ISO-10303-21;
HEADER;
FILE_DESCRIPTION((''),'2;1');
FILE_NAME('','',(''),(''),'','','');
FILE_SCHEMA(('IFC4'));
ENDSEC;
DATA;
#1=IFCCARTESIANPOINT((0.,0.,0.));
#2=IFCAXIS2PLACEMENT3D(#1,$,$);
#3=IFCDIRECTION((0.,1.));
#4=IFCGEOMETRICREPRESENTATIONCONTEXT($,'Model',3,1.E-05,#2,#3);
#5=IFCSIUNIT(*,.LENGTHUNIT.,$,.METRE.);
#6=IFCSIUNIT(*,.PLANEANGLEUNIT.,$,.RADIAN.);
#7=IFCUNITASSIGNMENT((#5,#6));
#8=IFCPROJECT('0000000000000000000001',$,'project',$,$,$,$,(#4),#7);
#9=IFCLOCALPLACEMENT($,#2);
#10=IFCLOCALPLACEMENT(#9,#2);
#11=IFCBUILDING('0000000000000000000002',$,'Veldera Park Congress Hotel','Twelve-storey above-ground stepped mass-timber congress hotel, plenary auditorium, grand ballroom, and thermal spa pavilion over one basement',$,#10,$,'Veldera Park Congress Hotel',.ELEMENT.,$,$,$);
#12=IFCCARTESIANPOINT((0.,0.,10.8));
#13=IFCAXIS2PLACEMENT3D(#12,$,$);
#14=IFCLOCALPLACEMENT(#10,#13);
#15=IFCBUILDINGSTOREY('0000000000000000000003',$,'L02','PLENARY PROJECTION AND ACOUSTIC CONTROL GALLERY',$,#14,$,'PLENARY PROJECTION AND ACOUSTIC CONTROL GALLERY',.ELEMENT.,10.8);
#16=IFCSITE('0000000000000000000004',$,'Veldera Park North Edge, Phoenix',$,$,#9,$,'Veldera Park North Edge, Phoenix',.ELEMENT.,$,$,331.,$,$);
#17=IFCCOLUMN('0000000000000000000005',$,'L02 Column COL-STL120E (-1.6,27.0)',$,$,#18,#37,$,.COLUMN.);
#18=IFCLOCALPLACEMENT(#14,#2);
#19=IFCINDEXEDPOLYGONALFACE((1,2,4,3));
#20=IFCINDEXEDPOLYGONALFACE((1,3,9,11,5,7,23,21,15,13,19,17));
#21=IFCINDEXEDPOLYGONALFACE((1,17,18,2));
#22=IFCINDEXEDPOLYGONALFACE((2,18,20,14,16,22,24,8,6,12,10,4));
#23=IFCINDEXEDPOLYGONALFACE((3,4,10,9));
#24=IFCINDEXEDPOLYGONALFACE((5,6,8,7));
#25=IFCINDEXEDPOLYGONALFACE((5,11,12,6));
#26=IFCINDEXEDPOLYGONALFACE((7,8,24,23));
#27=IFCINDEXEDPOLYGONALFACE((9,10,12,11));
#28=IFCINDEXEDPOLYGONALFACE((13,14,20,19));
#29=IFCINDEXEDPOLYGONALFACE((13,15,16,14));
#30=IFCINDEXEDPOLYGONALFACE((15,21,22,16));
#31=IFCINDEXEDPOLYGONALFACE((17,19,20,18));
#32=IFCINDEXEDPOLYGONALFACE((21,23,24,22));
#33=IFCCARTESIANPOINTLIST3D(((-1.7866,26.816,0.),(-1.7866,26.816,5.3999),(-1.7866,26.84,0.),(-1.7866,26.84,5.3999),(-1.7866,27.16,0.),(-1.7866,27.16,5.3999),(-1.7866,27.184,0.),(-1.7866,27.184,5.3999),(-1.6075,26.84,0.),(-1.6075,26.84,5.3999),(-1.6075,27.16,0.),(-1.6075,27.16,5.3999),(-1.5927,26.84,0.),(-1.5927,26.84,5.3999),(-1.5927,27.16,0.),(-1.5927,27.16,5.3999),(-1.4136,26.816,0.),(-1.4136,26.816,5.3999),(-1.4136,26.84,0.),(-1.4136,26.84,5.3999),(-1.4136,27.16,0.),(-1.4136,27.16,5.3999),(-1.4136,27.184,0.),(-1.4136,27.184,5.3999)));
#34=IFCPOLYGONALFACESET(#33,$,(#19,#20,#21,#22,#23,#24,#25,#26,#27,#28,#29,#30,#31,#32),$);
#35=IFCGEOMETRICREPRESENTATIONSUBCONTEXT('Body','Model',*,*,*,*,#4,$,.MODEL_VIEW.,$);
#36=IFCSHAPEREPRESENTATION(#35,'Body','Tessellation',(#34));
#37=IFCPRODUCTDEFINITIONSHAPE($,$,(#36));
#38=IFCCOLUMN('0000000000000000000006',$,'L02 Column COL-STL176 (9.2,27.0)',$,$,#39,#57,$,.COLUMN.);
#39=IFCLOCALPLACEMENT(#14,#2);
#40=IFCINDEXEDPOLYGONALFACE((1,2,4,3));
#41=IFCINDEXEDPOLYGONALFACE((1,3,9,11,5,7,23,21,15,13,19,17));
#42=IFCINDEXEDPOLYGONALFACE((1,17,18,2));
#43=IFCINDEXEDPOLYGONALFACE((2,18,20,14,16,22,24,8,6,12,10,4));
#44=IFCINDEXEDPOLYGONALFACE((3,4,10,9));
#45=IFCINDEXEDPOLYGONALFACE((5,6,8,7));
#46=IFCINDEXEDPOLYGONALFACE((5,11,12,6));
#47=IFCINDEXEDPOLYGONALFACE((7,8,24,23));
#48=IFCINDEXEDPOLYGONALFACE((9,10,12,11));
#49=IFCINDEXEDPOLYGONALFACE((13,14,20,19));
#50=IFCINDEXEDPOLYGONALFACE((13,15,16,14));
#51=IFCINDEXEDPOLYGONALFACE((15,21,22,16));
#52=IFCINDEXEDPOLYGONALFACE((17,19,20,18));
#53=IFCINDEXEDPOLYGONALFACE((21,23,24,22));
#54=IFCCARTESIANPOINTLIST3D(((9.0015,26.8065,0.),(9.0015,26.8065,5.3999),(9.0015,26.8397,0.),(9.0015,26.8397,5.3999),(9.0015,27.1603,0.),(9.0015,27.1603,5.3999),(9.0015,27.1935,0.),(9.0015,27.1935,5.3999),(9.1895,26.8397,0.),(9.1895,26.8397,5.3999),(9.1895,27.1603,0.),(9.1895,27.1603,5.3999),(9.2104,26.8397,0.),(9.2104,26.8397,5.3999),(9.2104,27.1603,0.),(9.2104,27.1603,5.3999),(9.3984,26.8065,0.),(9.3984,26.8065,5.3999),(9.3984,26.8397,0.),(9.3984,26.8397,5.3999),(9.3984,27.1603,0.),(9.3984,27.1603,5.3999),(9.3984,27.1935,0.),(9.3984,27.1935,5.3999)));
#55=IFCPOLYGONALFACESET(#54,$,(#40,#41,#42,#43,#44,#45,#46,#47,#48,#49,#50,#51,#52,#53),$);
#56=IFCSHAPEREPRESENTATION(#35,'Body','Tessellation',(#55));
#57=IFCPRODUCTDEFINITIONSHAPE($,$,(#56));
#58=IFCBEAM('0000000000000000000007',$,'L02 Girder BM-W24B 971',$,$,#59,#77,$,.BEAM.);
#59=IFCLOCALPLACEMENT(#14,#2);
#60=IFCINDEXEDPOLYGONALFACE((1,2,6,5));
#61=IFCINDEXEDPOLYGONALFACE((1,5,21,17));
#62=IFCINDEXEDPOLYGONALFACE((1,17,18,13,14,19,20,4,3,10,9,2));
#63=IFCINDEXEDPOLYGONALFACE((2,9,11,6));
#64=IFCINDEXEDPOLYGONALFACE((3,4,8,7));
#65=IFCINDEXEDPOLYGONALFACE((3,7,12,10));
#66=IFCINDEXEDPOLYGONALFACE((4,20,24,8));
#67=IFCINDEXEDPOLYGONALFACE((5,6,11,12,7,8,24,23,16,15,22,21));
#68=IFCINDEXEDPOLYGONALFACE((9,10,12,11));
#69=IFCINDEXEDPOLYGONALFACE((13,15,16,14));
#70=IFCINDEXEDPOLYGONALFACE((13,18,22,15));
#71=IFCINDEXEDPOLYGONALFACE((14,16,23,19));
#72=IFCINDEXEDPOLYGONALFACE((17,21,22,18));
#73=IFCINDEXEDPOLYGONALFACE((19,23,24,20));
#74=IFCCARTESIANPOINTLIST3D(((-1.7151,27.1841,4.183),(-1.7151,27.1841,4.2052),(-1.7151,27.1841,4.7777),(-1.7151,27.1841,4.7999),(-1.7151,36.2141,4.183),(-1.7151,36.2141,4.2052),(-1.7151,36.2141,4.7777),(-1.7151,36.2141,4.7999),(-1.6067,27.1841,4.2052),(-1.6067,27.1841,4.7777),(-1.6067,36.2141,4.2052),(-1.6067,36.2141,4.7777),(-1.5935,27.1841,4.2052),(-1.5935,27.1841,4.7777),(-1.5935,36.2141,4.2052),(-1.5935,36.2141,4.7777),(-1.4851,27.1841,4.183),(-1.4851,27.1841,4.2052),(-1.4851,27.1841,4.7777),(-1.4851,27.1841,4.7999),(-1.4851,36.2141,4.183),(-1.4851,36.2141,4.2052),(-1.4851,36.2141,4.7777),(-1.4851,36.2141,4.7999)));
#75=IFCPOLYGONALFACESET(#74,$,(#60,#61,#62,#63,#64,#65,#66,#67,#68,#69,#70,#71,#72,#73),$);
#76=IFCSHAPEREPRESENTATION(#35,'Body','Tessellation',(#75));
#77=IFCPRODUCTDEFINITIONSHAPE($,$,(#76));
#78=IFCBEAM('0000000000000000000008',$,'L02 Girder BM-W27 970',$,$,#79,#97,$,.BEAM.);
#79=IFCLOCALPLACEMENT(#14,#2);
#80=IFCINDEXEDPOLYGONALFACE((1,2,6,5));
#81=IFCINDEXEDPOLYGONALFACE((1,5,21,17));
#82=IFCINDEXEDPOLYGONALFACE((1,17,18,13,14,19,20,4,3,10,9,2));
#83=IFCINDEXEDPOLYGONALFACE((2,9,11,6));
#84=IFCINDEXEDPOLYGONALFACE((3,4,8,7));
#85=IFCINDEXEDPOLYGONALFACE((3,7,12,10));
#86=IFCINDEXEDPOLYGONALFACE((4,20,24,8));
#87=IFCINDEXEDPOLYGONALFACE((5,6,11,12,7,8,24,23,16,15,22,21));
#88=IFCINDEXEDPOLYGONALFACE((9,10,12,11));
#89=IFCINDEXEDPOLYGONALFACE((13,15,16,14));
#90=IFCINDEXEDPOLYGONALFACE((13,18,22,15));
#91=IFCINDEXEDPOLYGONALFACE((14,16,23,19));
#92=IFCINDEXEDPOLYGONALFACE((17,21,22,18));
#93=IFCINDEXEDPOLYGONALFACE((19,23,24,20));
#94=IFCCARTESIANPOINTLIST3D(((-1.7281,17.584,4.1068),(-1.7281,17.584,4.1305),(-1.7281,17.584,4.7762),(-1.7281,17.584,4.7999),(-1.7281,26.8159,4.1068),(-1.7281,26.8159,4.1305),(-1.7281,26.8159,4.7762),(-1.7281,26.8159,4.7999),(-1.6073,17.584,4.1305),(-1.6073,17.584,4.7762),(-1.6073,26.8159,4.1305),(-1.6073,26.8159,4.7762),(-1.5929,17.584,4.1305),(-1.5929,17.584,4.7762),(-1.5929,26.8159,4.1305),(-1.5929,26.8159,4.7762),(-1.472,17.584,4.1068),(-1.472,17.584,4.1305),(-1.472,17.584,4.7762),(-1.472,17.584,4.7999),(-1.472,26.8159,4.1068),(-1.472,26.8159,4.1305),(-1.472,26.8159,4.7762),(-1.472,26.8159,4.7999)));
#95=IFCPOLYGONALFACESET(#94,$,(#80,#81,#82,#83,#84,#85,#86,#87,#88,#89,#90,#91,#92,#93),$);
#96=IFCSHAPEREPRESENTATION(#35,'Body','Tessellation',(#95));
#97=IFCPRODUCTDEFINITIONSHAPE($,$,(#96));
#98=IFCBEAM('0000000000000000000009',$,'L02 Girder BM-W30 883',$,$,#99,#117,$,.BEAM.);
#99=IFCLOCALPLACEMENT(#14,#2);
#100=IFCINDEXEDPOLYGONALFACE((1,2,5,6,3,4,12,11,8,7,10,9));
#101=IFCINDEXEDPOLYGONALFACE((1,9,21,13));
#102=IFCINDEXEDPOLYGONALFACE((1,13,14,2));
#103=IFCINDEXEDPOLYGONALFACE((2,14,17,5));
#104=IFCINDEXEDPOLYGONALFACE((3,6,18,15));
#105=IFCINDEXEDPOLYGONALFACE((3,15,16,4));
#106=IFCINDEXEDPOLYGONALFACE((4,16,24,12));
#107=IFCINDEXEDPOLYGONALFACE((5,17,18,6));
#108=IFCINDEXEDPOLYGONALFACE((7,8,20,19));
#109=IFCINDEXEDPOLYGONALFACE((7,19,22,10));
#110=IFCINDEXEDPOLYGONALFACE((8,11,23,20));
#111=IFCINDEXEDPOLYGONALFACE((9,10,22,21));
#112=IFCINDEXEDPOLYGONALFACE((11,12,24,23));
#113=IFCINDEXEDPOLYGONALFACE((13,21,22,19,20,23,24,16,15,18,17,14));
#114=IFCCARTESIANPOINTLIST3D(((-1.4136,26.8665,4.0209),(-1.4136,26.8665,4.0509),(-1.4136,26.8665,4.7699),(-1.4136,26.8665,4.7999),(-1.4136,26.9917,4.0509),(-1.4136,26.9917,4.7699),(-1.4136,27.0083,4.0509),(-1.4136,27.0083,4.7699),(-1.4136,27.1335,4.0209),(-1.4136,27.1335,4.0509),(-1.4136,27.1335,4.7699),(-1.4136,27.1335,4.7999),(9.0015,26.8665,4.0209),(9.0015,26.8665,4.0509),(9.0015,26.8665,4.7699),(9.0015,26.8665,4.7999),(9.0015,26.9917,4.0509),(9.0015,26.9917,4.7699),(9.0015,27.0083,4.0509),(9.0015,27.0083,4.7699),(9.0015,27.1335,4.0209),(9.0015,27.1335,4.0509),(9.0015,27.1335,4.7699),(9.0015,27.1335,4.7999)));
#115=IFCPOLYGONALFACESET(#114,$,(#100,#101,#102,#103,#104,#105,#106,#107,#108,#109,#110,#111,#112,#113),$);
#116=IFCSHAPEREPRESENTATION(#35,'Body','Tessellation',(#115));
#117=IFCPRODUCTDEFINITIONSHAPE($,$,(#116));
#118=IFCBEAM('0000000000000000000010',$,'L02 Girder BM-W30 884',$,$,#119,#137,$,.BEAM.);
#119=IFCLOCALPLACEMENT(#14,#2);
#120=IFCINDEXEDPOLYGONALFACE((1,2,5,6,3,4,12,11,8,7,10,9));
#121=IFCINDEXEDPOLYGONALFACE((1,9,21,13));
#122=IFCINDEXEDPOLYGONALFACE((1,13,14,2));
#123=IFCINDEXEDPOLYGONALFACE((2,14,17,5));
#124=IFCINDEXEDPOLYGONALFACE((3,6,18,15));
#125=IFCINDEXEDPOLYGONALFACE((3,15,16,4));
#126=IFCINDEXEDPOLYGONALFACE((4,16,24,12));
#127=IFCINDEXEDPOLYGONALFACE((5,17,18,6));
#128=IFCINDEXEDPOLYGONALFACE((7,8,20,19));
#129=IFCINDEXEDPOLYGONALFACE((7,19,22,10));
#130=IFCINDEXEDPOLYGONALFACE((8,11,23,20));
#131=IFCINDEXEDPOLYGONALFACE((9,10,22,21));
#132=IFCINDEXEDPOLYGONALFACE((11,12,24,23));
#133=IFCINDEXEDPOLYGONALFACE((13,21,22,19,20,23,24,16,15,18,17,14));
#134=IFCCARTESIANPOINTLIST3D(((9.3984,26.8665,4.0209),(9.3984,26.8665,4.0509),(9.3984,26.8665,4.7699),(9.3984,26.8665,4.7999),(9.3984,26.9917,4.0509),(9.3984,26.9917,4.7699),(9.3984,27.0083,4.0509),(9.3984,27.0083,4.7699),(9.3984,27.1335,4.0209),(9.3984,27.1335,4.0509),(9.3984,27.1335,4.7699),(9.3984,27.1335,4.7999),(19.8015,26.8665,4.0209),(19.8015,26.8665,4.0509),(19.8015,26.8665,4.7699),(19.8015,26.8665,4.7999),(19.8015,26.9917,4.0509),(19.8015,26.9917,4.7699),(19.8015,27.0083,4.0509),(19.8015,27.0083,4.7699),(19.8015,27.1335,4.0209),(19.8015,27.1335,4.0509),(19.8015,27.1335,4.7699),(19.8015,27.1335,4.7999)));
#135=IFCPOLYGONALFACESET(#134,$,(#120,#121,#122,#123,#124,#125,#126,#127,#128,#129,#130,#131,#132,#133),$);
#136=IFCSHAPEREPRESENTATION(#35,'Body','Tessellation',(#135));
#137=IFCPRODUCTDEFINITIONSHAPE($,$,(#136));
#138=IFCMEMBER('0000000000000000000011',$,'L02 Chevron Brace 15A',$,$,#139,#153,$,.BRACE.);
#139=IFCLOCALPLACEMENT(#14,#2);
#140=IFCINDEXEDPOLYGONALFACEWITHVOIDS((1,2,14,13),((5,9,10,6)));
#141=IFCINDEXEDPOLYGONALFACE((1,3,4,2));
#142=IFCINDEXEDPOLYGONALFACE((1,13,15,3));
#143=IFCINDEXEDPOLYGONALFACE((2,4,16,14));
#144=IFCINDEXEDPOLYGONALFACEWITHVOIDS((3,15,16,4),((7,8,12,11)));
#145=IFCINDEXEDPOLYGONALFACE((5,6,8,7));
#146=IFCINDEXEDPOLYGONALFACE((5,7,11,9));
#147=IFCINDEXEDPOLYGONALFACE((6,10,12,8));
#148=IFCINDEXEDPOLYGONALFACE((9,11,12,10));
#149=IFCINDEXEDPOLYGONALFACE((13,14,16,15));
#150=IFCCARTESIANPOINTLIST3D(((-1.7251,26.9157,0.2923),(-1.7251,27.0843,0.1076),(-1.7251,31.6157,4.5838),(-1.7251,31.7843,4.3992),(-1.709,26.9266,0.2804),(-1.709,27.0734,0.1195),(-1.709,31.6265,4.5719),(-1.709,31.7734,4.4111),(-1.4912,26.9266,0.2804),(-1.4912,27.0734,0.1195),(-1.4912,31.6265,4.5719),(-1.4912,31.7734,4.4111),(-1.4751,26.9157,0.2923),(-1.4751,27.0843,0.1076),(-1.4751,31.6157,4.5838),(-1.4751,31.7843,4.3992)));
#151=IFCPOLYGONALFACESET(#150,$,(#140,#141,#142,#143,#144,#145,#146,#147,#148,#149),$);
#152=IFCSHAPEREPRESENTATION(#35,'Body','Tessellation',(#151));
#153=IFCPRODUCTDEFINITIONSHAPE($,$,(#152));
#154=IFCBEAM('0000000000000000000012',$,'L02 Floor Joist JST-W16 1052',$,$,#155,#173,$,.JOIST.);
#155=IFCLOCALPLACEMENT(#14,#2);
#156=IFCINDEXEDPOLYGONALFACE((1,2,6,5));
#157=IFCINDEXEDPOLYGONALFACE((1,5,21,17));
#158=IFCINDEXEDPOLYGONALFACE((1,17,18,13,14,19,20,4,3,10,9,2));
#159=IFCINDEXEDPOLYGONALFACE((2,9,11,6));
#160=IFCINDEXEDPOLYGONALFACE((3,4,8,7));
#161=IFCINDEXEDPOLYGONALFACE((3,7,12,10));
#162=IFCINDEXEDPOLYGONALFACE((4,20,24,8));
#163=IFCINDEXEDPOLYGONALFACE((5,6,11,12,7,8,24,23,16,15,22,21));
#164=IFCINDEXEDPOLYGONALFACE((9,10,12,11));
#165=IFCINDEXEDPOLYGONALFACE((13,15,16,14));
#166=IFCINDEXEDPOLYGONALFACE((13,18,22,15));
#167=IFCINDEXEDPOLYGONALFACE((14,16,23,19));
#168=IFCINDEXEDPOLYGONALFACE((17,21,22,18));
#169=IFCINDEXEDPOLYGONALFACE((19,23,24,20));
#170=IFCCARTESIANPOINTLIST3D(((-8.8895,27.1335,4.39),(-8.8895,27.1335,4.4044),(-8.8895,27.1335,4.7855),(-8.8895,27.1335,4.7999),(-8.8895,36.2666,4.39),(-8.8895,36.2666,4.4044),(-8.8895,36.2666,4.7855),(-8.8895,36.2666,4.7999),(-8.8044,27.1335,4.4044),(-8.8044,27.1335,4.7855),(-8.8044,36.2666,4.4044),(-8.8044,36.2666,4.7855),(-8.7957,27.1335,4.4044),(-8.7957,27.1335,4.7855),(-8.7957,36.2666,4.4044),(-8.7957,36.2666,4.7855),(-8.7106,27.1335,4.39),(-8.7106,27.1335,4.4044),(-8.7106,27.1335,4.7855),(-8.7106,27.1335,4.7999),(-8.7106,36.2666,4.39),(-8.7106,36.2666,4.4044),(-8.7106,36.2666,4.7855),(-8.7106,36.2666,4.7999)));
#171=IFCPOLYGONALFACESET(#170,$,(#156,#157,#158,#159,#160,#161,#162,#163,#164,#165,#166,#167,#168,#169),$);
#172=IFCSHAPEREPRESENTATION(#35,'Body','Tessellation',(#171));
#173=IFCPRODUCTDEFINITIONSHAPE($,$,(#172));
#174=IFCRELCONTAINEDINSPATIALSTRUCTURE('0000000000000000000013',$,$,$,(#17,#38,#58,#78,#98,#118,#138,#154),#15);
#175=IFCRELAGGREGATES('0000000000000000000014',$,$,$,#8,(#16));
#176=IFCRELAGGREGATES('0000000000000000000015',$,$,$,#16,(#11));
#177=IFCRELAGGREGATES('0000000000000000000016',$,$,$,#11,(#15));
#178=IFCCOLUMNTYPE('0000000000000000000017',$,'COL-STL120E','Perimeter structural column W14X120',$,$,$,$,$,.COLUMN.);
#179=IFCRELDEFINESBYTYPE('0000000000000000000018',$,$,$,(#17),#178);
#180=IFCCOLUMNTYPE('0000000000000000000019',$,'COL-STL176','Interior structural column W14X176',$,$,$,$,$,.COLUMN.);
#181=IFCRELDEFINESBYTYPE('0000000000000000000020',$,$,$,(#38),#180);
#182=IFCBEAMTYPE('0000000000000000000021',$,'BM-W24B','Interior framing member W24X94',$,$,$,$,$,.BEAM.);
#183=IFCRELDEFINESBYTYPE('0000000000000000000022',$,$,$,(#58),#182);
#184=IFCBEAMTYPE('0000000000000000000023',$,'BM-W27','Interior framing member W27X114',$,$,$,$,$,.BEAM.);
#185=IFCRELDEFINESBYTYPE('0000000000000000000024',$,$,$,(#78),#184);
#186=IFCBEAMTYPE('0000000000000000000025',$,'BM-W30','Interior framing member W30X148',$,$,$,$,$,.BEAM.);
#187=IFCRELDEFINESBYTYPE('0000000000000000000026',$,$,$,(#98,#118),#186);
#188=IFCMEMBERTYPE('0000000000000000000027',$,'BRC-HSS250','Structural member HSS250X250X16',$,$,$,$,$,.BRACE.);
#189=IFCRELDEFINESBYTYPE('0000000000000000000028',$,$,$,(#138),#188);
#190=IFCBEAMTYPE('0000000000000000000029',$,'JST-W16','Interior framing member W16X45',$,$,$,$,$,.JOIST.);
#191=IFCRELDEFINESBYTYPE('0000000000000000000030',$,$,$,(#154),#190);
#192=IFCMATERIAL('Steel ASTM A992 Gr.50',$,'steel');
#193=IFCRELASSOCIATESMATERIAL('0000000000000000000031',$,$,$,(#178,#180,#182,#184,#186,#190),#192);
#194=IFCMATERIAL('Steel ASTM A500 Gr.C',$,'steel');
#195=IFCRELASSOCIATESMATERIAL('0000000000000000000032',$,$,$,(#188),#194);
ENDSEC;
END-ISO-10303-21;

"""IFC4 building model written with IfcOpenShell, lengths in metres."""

from ifc_helpers import new_model, si_unit, direction, frame, origin, origin_2d, place, context, subcontext, project, spatial, hollow_rectangle, i_section, extrude, material, material_profile, profile_set, type_object, element, save


model = new_model("IFC4")

# Units and contexts
model_context = context("Model", 3, precision=1e-05, world=origin(), true_north=direction((0.0, 1.0)))
body_context = subcontext(model_context, "Body", "Model", "MODEL_VIEW")
ifc_project = project(units=[si_unit("LENGTHUNIT", "METRE"), si_unit("PLANEANGLEUNIT", "RADIAN")], contexts=[model_context])

# Site, building, storey
site_placement = place(None, origin())
site = spatial("IfcSite", under=ifc_project, at=site_placement, Name="Veldera Park North Edge, Phoenix", LongName="Veldera Park North Edge, Phoenix", CompositionType="ELEMENT", RefElevation=331.0)
building_placement = place(site_placement, origin())
building = spatial("IfcBuilding", under=site, at=building_placement, Name="Veldera Park Congress Hotel", Description="Twelve-storey above-ground stepped mass-timber congress hotel, plenary auditorium, grand ballroom, and thermal spa pavilion over one basement", LongName="Veldera Park Congress Hotel", CompositionType="ELEMENT")
storey_placement = place(building_placement, frame((0.0, 0.0, 10.8)))
storey = spatial("IfcBuildingStorey", under=building, at=storey_placement, Name="L02", Description="PLENARY PROJECTION AND ACOUSTIC CONTROL GALLERY", LongName="PLENARY PROJECTION AND ACOUSTIC CONTROL GALLERY", CompositionType="ELEMENT", Elevation=10.8)

# Columns
ifc_material_1 = material(Name="Steel ASTM A992 Gr.50", Category="steel")
ifc_material_profile_1 = material_profile(ifc_material_1, i_section(OverallWidth=0.373, OverallDepth=0.3679, WebThickness=0.0149, FlangeThickness=0.0239, at=origin_2d()), Name="W14X120")
ifc_profile_set_1 = profile_set([ifc_material_profile_1], Name="Steel ASTM A992 Gr.50")
column_type_1 = type_object("IfcColumnType", Name="COL-STL120E", Description="Perimeter structural column W14X120", PredefinedType="COLUMN", material=ifc_profile_set_1)
column_1_placement = place(storey_placement, frame((-1.6001, 27.0, 0.0), z_axis=(0.0, 0.0, 1.0), x_axis=(1.0, 0.0, 0.0)))
element("IfcColumn", 1, at=column_1_placement, inside=storey, type_object=column_type_1, Name="L02 Column COL-STL120E (-1.6,27.0)", PredefinedType="COLUMN", context=body_context, shape_type="SweptSolid", body=[
    extrude(i_section(OverallWidth=0.373, OverallDepth=0.3679, WebThickness=0.0149, FlangeThickness=0.0239, at=origin_2d()), origin(), (0.0, 0.0, 1.0), 5.3999),
])
ifc_material_profile_2 = material_profile(ifc_material_1, i_section(OverallWidth=0.397, OverallDepth=0.387, WebThickness=0.021, FlangeThickness=0.0332, at=origin_2d()), Name="W14X176")
ifc_profile_set_2 = profile_set([ifc_material_profile_2], Name="Steel ASTM A992 Gr.50")
column_type_2 = type_object("IfcColumnType", Name="COL-STL176", Description="Interior structural column W14X176", PredefinedType="COLUMN", material=ifc_profile_set_2)
column_2_placement = place(storey_placement, frame((9.2, 27.0, 0.0), z_axis=(0.0, 0.0, 1.0), x_axis=(1.0, 0.0, 0.0)))
element("IfcColumn", 2, at=column_2_placement, inside=storey, type_object=column_type_2, Name="L02 Column COL-STL176 (9.2,27.0)", PredefinedType="COLUMN", context=body_context, shape_type="SweptSolid", body=[
    extrude(i_section(OverallWidth=0.397, OverallDepth=0.387, WebThickness=0.021, FlangeThickness=0.0332, at=origin_2d()), origin(), (0.0, 0.0, 1.0), 5.3999),
])

# Beams
ifc_material_profile_3 = material_profile(ifc_material_1, i_section(OverallWidth=0.23, OverallDepth=0.6169, WebThickness=0.0132, FlangeThickness=0.0222, at=origin_2d()), Name="W24X94")
ifc_profile_set_3 = profile_set([ifc_material_profile_3], Name="Steel ASTM A992 Gr.50")
beam_type_1 = type_object("IfcBeamType", Name="BM-W24B", Description="Interior framing member W24X94", PredefinedType="BEAM", material=ifc_profile_set_3)
beam_1_placement = place(storey_placement, frame((-1.6001, 27.1841, 4.4915), z_axis=(0.0, 1.0, 0.0), x_axis=(-1.0, 0.0, 0.0)))
element("IfcBeam", 3, at=beam_1_placement, inside=storey, type_object=beam_type_1, Name="L02 Girder BM-W24B 971", PredefinedType="BEAM", context=body_context, shape_type="SweptSolid", body=[
    extrude(i_section(OverallWidth=0.23, OverallDepth=0.6169, WebThickness=0.0132, FlangeThickness=0.0222, at=origin_2d()), origin(), (0.0, 0.0, 1.0), 9.03),
])
ifc_material_profile_4 = material_profile(ifc_material_1, i_section(OverallWidth=0.2561, OverallDepth=0.6931, WebThickness=0.0144, FlangeThickness=0.0237, at=origin_2d()), Name="W27X114")
ifc_profile_set_4 = profile_set([ifc_material_profile_4], Name="Steel ASTM A992 Gr.50")
beam_type_2 = type_object("IfcBeamType", Name="BM-W27", Description="Interior framing member W27X114", PredefinedType="BEAM", material=ifc_profile_set_4)
beam_2_placement = place(storey_placement, frame((-1.6001, 17.584, 4.4534), z_axis=(0.0, 1.0, 0.0), x_axis=(-1.0, 0.0, 0.0)))
element("IfcBeam", 4, at=beam_2_placement, inside=storey, type_object=beam_type_2, Name="L02 Girder BM-W27 970", PredefinedType="BEAM", context=body_context, shape_type="SweptSolid", body=[
    extrude(i_section(OverallWidth=0.2561, OverallDepth=0.6931, WebThickness=0.0144, FlangeThickness=0.0237, at=origin_2d()), origin(), (0.0, 0.0, 1.0), 9.2319),
])
ifc_material_profile_5 = material_profile(ifc_material_1, i_section(OverallWidth=0.2671, OverallDepth=0.7791, WebThickness=0.0166, FlangeThickness=0.03, at=origin_2d()), Name="W30X148")
ifc_profile_set_5 = profile_set([ifc_material_profile_5], Name="Steel ASTM A992 Gr.50")
beam_type_3 = type_object("IfcBeamType", Name="BM-W30", Description="Interior framing member W30X148", PredefinedType="BEAM", material=ifc_profile_set_5)
beam_3_placement = place(storey_placement, frame((-1.4136, 27.0, 4.4104), z_axis=(1.0, 0.0, 0.0), x_axis=(0.0, 1.0, 0.0)))
element("IfcBeam", 5, at=beam_3_placement, inside=storey, type_object=beam_type_3, Name="L02 Girder BM-W30 883", PredefinedType="BEAM", context=body_context, shape_type="SweptSolid", body=[
    extrude(i_section(OverallWidth=0.2671, OverallDepth=0.7791, WebThickness=0.0166, FlangeThickness=0.03, at=origin_2d()), origin(), (0.0, 0.0, 1.0), 10.415),
])
beam_4_placement = place(storey_placement, frame((9.3984, 27.0, 4.4104), z_axis=(1.0, 0.0, 0.0), x_axis=(0.0, 1.0, 0.0)))
element("IfcBeam", 6, at=beam_4_placement, inside=storey, type_object=beam_type_3, Name="L02 Girder BM-W30 884", PredefinedType="BEAM", context=body_context, shape_type="SweptSolid", body=[
    extrude(i_section(OverallWidth=0.2671, OverallDepth=0.7791, WebThickness=0.0166, FlangeThickness=0.03, at=origin_2d()), origin(), (0.0, 0.0, 1.0), 10.4031),
])

# Member
ifc_material_2 = material(Name="Steel ASTM A500 Gr.C", Category="steel")
ifc_material_profile_6 = material_profile(ifc_material_2, hollow_rectangle(XDim=0.25, YDim=0.25, WallThickness=0.0161, at=origin_2d()), Name="HSS250X250X16")
ifc_profile_set_6 = profile_set([ifc_material_profile_6], Name="Steel ASTM A500 Gr.C")
member_type = type_object("IfcMemberType", Name="BRC-HSS250", Description="Structural member HSS250X250X16", PredefinedType="BRACE", material=ifc_profile_set_6)
member_placement = place(storey_placement, frame((-1.6001, 27.0, 0.2), z_axis=(0.0, 0.738466, 0.67429), x_axis=(-1.0, 0.0, 0.0)))
element("IfcMember", 7, at=member_placement, inside=storey, type_object=member_type, Name="L02 Chevron Brace 15A", PredefinedType="BRACE", context=body_context, shape_type="SweptSolid", body=[
    extrude(hollow_rectangle(XDim=0.25, YDim=0.25, WallThickness=0.0161, at=origin_2d()), origin(), (0.0, 0.0, 1.0), 6.3645),
])

# Beam
ifc_material_profile_7 = material_profile(ifc_material_1, i_section(OverallWidth=0.179, OverallDepth=0.4099, WebThickness=0.0088, FlangeThickness=0.0144, at=origin_2d()), Name="W16X45")
ifc_profile_set_7 = profile_set([ifc_material_profile_7], Name="Steel ASTM A992 Gr.50")
beam_type_4 = type_object("IfcBeamType", Name="JST-W16", Description="Interior framing member W16X45", PredefinedType="JOIST", material=ifc_profile_set_7)
for number, where, z_axis, x_axis, name in (
    (8, (-8.8, 27.1335, 4.595), (0.0, 1.0, 0.0), (-1.0, 0.0, 0.0), "L02 Floor Joist JST-W16 1052"),
):
    element("IfcBeam", number, at=place(storey_placement, frame(where, z_axis=z_axis, x_axis=x_axis)), inside=storey, type_object=beam_type_4, Name=name, PredefinedType="JOIST", context=body_context, shape_type="SweptSolid", body=[
        extrude(i_section(OverallWidth=0.179, OverallDepth=0.4099, WebThickness=0.0088, FlangeThickness=0.0144, at=origin_2d()), origin(), (0.0, 0.0, 1.0), 9.1331),
    ])

save(model, "model.ifc")
